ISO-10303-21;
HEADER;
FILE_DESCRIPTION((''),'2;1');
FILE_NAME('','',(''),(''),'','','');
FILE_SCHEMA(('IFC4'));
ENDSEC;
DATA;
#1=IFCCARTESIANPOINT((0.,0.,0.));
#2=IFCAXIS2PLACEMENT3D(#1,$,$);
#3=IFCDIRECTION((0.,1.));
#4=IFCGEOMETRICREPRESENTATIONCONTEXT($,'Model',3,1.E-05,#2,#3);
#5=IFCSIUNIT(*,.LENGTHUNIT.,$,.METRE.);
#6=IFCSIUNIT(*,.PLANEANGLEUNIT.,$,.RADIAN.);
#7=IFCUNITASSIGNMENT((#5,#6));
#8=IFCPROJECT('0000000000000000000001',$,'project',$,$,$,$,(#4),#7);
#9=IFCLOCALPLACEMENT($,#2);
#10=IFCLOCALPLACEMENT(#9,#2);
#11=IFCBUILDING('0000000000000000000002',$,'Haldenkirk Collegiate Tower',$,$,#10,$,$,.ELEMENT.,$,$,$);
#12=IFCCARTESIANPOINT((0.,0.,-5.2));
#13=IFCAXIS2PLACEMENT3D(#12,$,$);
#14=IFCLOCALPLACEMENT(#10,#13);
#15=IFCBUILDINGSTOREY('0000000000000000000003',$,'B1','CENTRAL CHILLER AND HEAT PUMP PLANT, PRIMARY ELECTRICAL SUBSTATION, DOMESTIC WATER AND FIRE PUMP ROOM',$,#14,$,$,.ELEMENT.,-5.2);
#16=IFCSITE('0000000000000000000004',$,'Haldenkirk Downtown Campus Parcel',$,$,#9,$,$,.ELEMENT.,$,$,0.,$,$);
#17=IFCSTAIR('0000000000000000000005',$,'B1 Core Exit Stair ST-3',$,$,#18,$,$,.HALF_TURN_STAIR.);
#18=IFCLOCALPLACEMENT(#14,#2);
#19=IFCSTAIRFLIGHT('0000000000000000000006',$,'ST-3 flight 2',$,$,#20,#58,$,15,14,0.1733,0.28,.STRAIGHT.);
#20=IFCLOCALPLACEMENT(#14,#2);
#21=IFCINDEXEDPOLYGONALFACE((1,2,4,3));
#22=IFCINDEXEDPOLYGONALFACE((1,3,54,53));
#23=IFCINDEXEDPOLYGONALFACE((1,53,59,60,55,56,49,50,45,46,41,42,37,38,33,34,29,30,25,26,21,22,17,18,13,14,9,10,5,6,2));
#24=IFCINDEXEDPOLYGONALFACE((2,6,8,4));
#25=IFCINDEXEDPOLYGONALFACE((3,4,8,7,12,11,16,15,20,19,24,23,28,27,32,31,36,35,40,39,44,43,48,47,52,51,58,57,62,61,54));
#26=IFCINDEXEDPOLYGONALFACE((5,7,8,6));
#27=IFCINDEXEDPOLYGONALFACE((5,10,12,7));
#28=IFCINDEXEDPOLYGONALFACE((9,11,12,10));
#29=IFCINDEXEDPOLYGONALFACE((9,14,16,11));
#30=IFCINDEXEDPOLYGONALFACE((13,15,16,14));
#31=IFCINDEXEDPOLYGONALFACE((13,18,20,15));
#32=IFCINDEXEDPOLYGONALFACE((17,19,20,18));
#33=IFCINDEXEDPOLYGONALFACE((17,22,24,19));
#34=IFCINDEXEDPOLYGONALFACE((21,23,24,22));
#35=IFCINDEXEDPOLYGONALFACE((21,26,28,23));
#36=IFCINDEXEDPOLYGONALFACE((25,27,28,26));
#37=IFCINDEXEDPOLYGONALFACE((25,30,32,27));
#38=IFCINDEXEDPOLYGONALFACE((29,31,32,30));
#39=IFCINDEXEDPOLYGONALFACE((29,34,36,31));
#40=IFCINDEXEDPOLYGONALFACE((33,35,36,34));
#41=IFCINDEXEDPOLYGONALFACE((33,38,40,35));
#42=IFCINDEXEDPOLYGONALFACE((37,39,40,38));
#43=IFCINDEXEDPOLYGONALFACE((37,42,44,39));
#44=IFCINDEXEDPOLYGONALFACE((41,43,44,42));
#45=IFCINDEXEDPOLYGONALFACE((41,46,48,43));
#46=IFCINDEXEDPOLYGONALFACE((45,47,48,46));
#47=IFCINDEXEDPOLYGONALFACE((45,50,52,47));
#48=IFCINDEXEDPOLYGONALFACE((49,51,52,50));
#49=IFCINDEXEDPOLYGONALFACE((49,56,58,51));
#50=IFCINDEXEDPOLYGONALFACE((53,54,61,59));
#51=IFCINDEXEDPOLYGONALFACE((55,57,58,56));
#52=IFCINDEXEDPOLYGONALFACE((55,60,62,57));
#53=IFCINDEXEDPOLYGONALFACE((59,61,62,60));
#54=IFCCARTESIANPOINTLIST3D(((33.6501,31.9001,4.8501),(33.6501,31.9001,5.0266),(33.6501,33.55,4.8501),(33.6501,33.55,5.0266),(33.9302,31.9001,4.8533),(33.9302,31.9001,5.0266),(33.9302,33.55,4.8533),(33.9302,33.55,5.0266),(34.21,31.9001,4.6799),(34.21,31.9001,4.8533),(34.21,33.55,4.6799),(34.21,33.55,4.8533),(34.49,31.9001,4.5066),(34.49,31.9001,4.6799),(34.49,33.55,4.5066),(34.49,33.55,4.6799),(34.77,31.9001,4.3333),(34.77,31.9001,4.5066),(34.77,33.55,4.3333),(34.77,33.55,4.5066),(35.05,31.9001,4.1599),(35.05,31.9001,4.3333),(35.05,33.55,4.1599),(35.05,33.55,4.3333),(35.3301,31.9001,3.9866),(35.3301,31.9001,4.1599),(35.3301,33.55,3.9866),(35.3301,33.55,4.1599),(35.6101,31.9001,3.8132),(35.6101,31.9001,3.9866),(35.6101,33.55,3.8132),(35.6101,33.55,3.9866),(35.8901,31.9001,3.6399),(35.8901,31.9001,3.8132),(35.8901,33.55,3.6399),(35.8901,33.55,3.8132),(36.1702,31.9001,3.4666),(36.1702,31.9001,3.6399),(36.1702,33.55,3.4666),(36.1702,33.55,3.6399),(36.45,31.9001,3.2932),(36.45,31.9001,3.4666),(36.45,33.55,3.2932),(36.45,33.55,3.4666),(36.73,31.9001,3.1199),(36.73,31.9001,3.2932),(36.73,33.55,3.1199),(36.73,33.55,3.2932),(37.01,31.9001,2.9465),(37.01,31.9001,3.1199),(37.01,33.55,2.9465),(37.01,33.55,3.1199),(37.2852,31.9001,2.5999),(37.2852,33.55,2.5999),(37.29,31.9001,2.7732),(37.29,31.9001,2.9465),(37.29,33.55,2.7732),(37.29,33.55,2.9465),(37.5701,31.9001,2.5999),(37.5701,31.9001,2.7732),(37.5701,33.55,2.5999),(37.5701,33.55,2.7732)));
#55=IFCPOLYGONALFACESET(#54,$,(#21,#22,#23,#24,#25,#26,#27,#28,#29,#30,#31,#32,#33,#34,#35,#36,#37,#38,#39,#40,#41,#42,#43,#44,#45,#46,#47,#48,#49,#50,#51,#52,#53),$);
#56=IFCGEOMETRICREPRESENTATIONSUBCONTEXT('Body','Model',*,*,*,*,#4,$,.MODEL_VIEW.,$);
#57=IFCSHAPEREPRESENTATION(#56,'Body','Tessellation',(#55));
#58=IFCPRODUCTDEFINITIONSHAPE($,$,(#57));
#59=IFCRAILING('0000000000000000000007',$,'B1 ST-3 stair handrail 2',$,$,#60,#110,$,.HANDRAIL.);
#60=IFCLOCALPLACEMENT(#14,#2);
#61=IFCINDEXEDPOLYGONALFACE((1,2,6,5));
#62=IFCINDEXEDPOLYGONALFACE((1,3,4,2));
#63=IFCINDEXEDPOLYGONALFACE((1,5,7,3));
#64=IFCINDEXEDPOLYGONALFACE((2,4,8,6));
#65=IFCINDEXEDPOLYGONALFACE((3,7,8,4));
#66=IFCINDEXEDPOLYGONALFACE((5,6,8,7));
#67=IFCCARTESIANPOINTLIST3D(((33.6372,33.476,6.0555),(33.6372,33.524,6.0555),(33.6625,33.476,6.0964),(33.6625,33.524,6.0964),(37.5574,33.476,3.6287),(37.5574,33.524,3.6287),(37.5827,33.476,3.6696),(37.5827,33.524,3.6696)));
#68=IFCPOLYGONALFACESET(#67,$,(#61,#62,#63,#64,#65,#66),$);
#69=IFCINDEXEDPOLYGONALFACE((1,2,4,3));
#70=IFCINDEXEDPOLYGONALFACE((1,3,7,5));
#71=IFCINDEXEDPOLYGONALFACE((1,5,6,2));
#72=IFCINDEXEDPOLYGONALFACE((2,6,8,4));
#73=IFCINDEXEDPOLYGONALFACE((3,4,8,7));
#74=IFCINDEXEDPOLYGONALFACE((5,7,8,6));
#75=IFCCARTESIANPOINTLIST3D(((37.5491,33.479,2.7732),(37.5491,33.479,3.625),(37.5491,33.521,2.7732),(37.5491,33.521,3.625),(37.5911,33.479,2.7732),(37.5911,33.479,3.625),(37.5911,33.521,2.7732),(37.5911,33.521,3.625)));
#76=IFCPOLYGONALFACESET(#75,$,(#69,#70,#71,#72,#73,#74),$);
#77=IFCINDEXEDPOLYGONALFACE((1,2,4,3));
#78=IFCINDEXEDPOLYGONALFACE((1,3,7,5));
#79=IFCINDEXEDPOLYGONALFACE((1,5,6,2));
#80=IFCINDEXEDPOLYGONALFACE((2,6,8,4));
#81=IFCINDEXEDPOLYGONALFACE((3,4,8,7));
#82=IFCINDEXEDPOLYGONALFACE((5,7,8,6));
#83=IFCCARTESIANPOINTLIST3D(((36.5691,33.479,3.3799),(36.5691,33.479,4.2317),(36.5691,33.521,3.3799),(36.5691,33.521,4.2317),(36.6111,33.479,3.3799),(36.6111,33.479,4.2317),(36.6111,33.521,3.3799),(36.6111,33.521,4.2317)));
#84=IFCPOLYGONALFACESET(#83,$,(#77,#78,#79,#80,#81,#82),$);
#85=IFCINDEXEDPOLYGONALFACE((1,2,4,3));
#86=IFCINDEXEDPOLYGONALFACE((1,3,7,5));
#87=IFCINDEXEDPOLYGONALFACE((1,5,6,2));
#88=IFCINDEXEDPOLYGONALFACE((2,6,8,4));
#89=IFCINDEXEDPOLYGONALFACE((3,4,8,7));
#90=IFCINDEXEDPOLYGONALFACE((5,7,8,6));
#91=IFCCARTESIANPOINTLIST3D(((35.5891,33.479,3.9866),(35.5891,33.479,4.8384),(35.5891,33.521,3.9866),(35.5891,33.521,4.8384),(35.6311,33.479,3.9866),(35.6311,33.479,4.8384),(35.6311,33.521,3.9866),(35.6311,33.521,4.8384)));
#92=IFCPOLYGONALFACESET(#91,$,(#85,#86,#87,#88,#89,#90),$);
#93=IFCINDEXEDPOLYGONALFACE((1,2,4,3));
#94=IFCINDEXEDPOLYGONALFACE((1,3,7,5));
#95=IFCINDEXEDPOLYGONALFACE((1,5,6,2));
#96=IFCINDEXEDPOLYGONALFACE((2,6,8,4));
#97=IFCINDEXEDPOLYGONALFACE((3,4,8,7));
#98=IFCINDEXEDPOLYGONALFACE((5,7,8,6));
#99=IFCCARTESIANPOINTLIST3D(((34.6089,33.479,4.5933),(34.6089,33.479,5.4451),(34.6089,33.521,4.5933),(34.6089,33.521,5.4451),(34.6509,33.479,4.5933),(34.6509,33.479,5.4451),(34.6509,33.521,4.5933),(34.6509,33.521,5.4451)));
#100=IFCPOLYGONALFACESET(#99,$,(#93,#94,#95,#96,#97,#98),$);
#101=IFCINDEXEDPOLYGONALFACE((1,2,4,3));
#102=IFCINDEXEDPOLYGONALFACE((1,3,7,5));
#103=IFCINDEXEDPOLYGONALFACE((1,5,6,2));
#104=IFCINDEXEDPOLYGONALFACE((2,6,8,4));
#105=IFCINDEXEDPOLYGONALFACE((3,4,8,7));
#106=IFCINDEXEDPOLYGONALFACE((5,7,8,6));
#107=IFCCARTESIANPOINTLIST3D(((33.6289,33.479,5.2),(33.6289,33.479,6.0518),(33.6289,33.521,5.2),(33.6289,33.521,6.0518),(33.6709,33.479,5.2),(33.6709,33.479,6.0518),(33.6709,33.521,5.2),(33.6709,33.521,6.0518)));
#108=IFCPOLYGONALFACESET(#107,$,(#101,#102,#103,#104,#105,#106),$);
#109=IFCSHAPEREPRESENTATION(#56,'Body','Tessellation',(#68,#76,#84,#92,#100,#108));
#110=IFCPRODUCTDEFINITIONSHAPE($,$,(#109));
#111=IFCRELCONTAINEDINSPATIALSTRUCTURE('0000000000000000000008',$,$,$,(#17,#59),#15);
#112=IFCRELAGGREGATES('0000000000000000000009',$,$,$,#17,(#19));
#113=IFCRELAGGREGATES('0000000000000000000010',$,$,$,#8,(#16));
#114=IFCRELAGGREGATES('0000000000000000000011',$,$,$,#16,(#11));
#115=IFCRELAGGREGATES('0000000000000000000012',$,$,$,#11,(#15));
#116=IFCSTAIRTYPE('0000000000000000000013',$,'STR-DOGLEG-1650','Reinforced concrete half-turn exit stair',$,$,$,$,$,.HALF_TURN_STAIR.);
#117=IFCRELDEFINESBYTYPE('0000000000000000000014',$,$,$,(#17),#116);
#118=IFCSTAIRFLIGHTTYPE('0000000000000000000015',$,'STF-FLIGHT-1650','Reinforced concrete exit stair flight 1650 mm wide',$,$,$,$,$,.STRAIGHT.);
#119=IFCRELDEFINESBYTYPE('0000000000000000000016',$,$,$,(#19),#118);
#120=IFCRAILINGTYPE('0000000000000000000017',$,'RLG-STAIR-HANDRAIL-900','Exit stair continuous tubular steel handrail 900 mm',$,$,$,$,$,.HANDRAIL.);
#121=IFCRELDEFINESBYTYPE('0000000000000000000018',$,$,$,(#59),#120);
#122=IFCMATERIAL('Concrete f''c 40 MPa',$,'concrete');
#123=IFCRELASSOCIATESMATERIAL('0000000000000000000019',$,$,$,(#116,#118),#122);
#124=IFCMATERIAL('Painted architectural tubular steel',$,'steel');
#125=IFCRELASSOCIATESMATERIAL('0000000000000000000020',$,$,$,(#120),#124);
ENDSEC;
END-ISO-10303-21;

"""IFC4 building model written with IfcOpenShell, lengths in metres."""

from ifc_helpers import new_model, si_unit, direction, frame, origin, origin_2d, place, context, subcontext, project, spatial, polyline, rectangle, outline, extrude, material, type_object, element, aggregate, save


model = new_model("IFC4")

# Units and contexts
model_context = context("Model", 3, precision=1e-05, world=origin(), true_north=direction((0.0, 1.0)))
body_context = subcontext(model_context, "Body", "Model", "MODEL_VIEW")
ifc_project = project(units=[si_unit("LENGTHUNIT", "METRE"), si_unit("PLANEANGLEUNIT", "RADIAN")], contexts=[model_context])

# Site, building, storey
site_placement = place(None, origin())
site = spatial("IfcSite", under=ifc_project, at=site_placement, Name="Haldenkirk Downtown Campus Parcel", CompositionType="ELEMENT", RefElevation=0.0)
building_placement = place(site_placement, origin())
building = spatial("IfcBuilding", under=site, at=building_placement, Name="Haldenkirk Collegiate Tower", CompositionType="ELEMENT")
storey_placement = place(building_placement, frame((0.0, 0.0, -5.2)))
storey = spatial("IfcBuildingStorey", under=building, at=storey_placement, Name="B1", Description="CENTRAL CHILLER AND HEAT PUMP PLANT, PRIMARY ELECTRICAL SUBSTATION, DOMESTIC WATER AND FIRE PUMP ROOM", CompositionType="ELEMENT", Elevation=-5.2)

# Stair, stair flight
ifc_material_1 = material(Name="Concrete f'c 40 MPa", Category="concrete")
stair_type = type_object("IfcStairType", Name="STR-DOGLEG-1650", Description="Reinforced concrete half-turn exit stair", PredefinedType="HALF_TURN_STAIR", material=ifc_material_1)
stair_placement = place(storey_placement, origin())
stair = element("IfcStair", 1, at=stair_placement, inside=storey, type_object=stair_type, Name="B1 Core Exit Stair ST-3", PredefinedType="HALF_TURN_STAIR")
stair_flight_type = type_object("IfcStairFlightType", Name="STF-FLIGHT-1650", Description="Reinforced concrete exit stair flight 1650 mm wide", PredefinedType="STRAIGHT", material=ifc_material_1)
stair_flight_placement = place(storey_placement, frame((37.5701, 32.7251, 2.5999), z_axis=(0.0, 0.0, 1.0), x_axis=(-1.0, 0.0, 0.0)))
stair_flight = element("IfcStairFlight", 2, at=stair_flight_placement, type_object=stair_flight_type, Name="ST-3 flight 2", NumberOfRisers=15, NumberOfTreads=14, PredefinedType="STRAIGHT", RiserHeight=0.1733, TreadLength=0.28, context=body_context, shape_type="SweptSolid", body=[
    extrude(outline(polyline([(0.0, 0.0), (0.0, 0.1733), (0.28, 0.1733), (0.28, 0.3467), (0.5601, 0.3467), (0.5601, 0.52), (0.8401, 0.52), (0.8401, 0.6934), (1.1201, 0.6934), (1.1201, 0.8667), (1.3999, 0.8667), (1.3999, 1.04), (1.6799, 1.04), (1.6799, 1.2134), (1.96, 1.2134), (1.96, 1.3867), (2.24, 1.3867), (2.24, 1.5601), (2.52, 1.5601), (2.52, 1.7334), (2.8, 1.7334), (2.8, 1.9067), (3.0801, 1.9067), (3.0801, 2.0801), (3.3601, 2.0801), (3.3601, 2.2534), (3.6399, 2.2534), (3.6399, 2.4268), (3.9199, 2.4268), (3.9199, 2.6001), (3.9199, 2.2502), (0.2849, 0.0), (0.0, 0.0)])), frame((0.0, 0.825, 0.0), z_axis=(0.0, -1.0, 0.0), x_axis=(1.0, 0.0, 0.0)), (0.0, 0.0, 1.0), 1.6499),
])
aggregate(stair, [stair_flight])

# Railing
ifc_material_2 = material(Name="Painted architectural tubular steel", Category="steel")
railing_type = type_object("IfcRailingType", Name="RLG-STAIR-HANDRAIL-900", Description="Exit stair continuous tubular steel handrail 900 mm", PredefinedType="HANDRAIL", material=ifc_material_2)
railing_placement = place(storey_placement, frame((37.5701, 33.5, 2.7732)))
element("IfcRailing", 3, at=railing_placement, inside=storey, type_object=railing_type, Name="B1 ST-3 stair handrail 2", PredefinedType="HANDRAIL", context=body_context, shape_type="SweptSolid", body=[
    extrude(rectangle(XDim=0.0481, YDim=0.0481, at=origin_2d()), frame((0.0, 0.0, 0.876), z_axis=(-0.850266, 0.0, 0.526353), x_axis=(0.0, -1.0, 0.0)), (0.0, 0.0, 1.0), 4.6106),
    extrude(rectangle(XDim=0.042, YDim=0.042, at=origin_2d()), origin(), (0.0, 0.0, 1.0), 0.8518),
    extrude(rectangle(XDim=0.042, YDim=0.042, at=origin_2d()), frame((-0.98, 0.0, 0.6067)), (0.0, 0.0, 1.0), 0.8518),
    extrude(rectangle(XDim=0.042, YDim=0.042, at=origin_2d()), frame((-1.96, 0.0, 1.2134)), (0.0, 0.0, 1.0), 0.8518),
    extrude(rectangle(XDim=0.042, YDim=0.042, at=origin_2d()), frame((-2.9402, 0.0, 1.8201)), (0.0, 0.0, 1.0), 0.8518),
    extrude(rectangle(XDim=0.042, YDim=0.042, at=origin_2d()), frame((-3.9202, 0.0, 2.4268)), (0.0, 0.0, 1.0), 0.8518),
])

save(model, "model.ifc")
